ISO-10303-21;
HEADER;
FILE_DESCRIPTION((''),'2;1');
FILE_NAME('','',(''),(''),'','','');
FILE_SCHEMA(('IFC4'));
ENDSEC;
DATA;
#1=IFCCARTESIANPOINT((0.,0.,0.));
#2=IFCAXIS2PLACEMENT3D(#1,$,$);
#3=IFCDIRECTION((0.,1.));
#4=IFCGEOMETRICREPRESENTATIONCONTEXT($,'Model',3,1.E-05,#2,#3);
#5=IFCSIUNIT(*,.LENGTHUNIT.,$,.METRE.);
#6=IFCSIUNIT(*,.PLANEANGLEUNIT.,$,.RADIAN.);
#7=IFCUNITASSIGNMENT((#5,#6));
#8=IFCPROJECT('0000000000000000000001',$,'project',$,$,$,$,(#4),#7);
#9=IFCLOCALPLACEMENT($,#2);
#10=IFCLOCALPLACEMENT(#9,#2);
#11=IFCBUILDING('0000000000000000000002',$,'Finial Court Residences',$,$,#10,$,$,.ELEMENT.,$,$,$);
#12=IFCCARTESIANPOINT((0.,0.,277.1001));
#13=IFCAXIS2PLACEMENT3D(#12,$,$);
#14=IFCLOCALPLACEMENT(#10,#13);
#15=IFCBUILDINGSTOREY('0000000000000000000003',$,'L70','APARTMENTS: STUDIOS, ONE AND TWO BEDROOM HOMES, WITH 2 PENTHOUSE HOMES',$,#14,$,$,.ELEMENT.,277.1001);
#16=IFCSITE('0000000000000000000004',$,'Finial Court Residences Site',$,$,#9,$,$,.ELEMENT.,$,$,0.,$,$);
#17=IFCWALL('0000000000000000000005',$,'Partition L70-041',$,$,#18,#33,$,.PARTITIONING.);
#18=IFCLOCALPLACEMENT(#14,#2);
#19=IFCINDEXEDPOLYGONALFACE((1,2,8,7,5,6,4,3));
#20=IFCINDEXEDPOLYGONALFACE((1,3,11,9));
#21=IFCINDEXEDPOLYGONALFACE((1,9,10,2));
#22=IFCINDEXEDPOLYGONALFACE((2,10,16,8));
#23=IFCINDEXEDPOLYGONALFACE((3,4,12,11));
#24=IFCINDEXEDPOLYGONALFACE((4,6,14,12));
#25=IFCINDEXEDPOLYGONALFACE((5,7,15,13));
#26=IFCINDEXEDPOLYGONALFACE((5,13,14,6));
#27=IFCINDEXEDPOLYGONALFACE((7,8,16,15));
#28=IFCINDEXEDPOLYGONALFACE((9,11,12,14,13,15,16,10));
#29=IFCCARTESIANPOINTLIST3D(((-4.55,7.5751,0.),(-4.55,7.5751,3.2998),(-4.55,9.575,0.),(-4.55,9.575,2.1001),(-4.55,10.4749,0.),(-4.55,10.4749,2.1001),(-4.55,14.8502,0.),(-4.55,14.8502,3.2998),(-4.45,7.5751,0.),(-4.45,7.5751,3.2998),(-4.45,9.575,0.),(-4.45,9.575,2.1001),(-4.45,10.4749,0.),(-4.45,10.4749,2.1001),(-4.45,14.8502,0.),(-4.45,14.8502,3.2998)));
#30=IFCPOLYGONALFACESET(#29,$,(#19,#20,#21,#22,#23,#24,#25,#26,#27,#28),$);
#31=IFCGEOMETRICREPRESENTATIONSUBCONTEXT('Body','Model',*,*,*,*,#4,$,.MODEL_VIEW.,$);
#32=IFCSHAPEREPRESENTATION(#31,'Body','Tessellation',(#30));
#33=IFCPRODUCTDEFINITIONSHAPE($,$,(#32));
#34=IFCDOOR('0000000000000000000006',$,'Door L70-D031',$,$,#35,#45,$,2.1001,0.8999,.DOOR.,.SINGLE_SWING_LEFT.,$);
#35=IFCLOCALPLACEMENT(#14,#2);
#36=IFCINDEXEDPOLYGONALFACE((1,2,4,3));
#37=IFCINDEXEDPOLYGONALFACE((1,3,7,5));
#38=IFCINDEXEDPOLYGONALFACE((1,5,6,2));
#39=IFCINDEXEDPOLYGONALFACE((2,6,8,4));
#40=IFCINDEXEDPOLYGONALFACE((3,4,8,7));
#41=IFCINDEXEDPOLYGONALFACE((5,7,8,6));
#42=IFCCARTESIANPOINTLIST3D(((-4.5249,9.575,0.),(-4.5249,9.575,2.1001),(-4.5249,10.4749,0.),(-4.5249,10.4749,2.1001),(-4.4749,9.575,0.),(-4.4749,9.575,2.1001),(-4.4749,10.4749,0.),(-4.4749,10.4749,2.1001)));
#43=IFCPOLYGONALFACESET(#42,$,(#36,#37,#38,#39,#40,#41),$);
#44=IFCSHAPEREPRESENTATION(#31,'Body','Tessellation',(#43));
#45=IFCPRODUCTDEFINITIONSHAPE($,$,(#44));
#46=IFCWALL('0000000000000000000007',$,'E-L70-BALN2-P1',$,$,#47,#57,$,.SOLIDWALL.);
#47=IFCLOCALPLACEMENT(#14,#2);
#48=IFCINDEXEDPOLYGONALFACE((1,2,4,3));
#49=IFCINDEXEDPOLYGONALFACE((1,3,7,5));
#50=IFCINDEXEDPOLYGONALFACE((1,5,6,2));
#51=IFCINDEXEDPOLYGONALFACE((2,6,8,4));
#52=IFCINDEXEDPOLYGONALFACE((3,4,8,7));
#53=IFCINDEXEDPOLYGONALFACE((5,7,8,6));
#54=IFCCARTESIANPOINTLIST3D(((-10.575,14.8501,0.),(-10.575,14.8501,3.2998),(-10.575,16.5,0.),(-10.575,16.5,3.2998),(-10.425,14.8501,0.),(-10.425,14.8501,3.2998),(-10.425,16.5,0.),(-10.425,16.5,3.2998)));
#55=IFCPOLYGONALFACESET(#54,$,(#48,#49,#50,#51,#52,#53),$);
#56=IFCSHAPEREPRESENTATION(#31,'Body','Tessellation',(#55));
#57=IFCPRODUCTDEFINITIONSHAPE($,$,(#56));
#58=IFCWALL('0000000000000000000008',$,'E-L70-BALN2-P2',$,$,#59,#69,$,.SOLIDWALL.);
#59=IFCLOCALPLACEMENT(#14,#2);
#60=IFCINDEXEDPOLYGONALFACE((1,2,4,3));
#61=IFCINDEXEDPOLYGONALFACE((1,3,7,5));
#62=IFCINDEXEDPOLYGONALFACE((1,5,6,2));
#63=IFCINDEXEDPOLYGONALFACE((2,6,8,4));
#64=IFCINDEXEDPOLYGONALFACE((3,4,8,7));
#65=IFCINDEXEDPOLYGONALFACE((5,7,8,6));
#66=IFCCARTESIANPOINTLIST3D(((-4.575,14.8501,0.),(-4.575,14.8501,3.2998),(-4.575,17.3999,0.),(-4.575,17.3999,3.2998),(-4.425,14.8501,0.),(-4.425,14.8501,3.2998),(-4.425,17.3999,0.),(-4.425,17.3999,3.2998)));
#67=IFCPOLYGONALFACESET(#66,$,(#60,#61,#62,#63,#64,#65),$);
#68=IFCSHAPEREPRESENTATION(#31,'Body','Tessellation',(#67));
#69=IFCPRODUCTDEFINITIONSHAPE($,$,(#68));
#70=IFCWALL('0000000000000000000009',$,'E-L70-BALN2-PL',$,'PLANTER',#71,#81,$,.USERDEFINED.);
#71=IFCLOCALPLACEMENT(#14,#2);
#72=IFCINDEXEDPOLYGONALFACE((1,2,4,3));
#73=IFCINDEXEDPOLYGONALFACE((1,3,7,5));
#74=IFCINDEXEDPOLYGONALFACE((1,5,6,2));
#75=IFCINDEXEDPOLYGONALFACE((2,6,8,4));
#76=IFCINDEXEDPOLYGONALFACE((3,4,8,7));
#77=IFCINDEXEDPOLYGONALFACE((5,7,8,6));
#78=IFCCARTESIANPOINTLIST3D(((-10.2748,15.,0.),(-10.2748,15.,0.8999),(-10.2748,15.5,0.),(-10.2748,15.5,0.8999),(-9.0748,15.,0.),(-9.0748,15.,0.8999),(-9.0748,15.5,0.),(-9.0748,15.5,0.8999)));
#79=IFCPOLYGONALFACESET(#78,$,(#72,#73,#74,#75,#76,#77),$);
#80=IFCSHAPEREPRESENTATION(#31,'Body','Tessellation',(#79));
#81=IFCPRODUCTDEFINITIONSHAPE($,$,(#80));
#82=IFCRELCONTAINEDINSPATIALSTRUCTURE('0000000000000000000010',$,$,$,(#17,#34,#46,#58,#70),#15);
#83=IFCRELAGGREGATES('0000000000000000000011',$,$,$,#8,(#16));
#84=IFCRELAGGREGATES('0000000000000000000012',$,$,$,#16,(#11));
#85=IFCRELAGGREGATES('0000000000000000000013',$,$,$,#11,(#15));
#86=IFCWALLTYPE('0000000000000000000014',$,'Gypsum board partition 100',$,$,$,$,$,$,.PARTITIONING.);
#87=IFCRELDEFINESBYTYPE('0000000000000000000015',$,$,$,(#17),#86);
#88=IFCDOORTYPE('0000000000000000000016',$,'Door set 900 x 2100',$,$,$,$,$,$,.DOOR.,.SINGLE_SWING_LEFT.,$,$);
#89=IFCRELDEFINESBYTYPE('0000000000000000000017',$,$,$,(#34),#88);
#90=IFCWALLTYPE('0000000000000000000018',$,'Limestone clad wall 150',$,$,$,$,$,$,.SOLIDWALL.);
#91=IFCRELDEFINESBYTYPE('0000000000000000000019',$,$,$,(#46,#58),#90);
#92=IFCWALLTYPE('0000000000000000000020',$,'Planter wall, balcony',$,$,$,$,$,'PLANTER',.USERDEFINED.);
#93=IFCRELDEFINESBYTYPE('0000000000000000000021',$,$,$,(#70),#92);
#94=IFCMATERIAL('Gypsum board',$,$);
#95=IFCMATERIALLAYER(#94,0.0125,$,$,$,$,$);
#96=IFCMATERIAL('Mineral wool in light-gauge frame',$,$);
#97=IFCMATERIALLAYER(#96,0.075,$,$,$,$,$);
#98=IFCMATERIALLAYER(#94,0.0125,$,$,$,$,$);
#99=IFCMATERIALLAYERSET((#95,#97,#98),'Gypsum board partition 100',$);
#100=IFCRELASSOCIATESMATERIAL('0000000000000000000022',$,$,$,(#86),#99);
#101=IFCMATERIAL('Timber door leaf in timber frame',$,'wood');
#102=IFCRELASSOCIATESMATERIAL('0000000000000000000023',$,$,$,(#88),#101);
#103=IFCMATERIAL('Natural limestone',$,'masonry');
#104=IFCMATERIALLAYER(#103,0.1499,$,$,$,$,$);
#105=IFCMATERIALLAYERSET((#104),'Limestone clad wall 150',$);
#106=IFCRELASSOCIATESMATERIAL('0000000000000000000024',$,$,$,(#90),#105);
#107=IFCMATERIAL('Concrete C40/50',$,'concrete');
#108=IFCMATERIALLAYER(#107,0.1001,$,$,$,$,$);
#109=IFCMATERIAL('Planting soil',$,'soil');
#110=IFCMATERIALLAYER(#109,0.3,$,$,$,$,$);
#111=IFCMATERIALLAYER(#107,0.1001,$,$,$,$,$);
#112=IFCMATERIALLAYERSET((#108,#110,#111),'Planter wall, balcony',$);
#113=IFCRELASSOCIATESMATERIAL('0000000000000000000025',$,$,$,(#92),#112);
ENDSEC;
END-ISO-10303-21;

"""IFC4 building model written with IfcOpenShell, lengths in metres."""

from ifc_helpers import new_model, si_unit, direction, frame, frame_2d, origin, place, context, subcontext, project, spatial, rectangle, extrude, material, layer, layer_set, type_object, element, fill, save


model = new_model("IFC4")

# Units and contexts
model_context = context("Model", 3, precision=1e-05, world=origin(), true_north=direction((0.0, 1.0)))
body_context = subcontext(model_context, "Body", "Model", "MODEL_VIEW")
ifc_project = project(units=[si_unit("LENGTHUNIT", "METRE"), si_unit("PLANEANGLEUNIT", "RADIAN")], contexts=[model_context])

# Site, building, storey
site_placement = place(None, origin())
site = spatial("IfcSite", under=ifc_project, at=site_placement, Name="Finial Court Residences Site", CompositionType="ELEMENT", RefElevation=0.0)
building_placement = place(site_placement, origin())
building = spatial("IfcBuilding", under=site, at=building_placement, Name="Finial Court Residences", CompositionType="ELEMENT")
storey_placement = place(building_placement, frame((0.0, 0.0, 277.1001)))
storey = spatial("IfcBuildingStorey", under=building, at=storey_placement, Name="L70", Description="APARTMENTS: STUDIOS, ONE AND TWO BEDROOM HOMES, WITH 2 PENTHOUSE HOMES", CompositionType="ELEMENT", Elevation=277.1001)

# Wall, opening, door
ifc_material_1 = material(Name="Gypsum board")
ifc_layer_1 = layer(ifc_material_1, 0.0125)
ifc_material_2 = material(Name="Mineral wool in light-gauge frame")
ifc_layer_2 = layer(ifc_material_2, 0.075)
ifc_layer_3 = layer(ifc_material_1, 0.0125)
ifc_layer_set_1 = layer_set([ifc_layer_1, ifc_layer_2, ifc_layer_3], Name="Gypsum board partition 100")
wall_type_1 = type_object("IfcWallType", Name="Gypsum board partition 100", PredefinedType="PARTITIONING", material=ifc_layer_set_1)
ifc_material_3 = material(Name="Timber door leaf in timber frame", Category="wood")
door_type_1 = type_object("IfcDoorType", Name="Door set 900 x 2100", OperationType="SINGLE_SWING_LEFT", PredefinedType="DOOR", material=ifc_material_3)
wall_1_placement = place(storey_placement, frame((-4.5, 7.575, 0.0), z_axis=(0.0, 0.0, 1.0), x_axis=(0.0, 1.0, 0.0)))
wall_1 = element("IfcWall", 1, at=wall_1_placement, inside=storey, type_object=wall_type_1, Name="Partition L70-041", PredefinedType="PARTITIONING", context=body_context, shape_type="SweptSolid", body=[
    extrude(rectangle(XDim=7.2751, YDim=0.1001, at=frame_2d((3.6377, 0.0))), origin(), (0.0, 0.0, 1.0), 3.2998),
])
opening_1_placement = place(wall_1_placement, frame((2.0, 0.0, 0.0)))
opening_1 = element("IfcOpeningElement", 2, at=opening_1_placement, cuts=wall_1, PredefinedType="OPENING", context=body_context, shape_type="SweptSolid", body=[
    extrude(rectangle(XDim=0.8999, YDim=2.1001, at=frame_2d((0.45, 1.05))), frame((0.0, 0.0601, 0.0), z_axis=(0.0, -1.0, 0.0), x_axis=(1.0, 0.0, 0.0)), (0.0, 0.0, 1.0), 0.1201),
])
door_1_placement = place(opening_1_placement, origin())
door_1 = element("IfcDoor", 3, at=door_1_placement, inside=storey, type_object=door_type_1, Name="Door L70-D031", OperationType="SINGLE_SWING_LEFT", OverallHeight=2.1001, OverallWidth=0.8999, PredefinedType="DOOR", context=body_context, shape_type="SweptSolid", body=[
    extrude(rectangle(XDim=0.8999, YDim=2.1001, at=frame_2d((0.45, 1.05))), frame((0.0, 0.0249, 0.0), z_axis=(0.0, -1.0, 0.0), x_axis=(1.0, 0.0, 0.0)), (0.0, 0.0, 1.0), 0.05),
])
fill(opening_1, door_1)

# Walls
ifc_material_4 = material(Name="Natural limestone", Category="masonry")
ifc_layer_4 = layer(ifc_material_4, 0.1499)
ifc_layer_set_2 = layer_set([ifc_layer_4], Name="Limestone clad wall 150")
wall_type_2 = type_object("IfcWallType", Name="Limestone clad wall 150", PredefinedType="SOLIDWALL", material=ifc_layer_set_2)
wall_2_placement = place(storey_placement, frame((-10.5, 14.8501, 0.0), z_axis=(0.0, 0.0, 1.0), x_axis=(0.0, 1.0, 0.0)))
element("IfcWall", 4, at=wall_2_placement, inside=storey, type_object=wall_type_2, Name="E-L70-BALN2-P1", PredefinedType="SOLIDWALL", context=body_context, shape_type="SweptSolid", body=[
    extrude(rectangle(XDim=1.6499, YDim=0.1499, at=frame_2d((0.825, 0.0))), origin(), (0.0, 0.0, 1.0), 3.2998),
])
wall_3_placement = place(storey_placement, frame((-4.5, 14.8501, 0.0), z_axis=(0.0, 0.0, 1.0), x_axis=(0.0, 1.0, 0.0)))
element("IfcWall", 5, at=wall_3_placement, inside=storey, type_object=wall_type_2, Name="E-L70-BALN2-P2", PredefinedType="SOLIDWALL", context=body_context, shape_type="SweptSolid", body=[
    extrude(rectangle(XDim=2.5498, YDim=0.1499, at=frame_2d((1.2749, 0.0))), origin(), (0.0, 0.0, 1.0), 3.2998),
])

# Wall
ifc_material_5 = material(Name="Concrete C40/50", Category="concrete")
ifc_layer_5 = layer(ifc_material_5, 0.1001)
ifc_material_6 = material(Name="Planting soil", Category="soil")
ifc_layer_6 = layer(ifc_material_6, 0.3)
ifc_layer_7 = layer(ifc_material_5, 0.1001)
ifc_layer_set_3 = layer_set([ifc_layer_5, ifc_layer_6, ifc_layer_7], Name="Planter wall, balcony")
wall_type_3 = type_object("IfcWallType", Name="Planter wall, balcony", ElementType="PLANTER", PredefinedType="USERDEFINED", material=ifc_layer_set_3)
wall_4_placement = place(storey_placement, frame((-10.2749, 15.25, 0.0), z_axis=(0.0, 0.0, 1.0), x_axis=(1.0, 0.0, 0.0)))
element("IfcWall", 6, at=wall_4_placement, inside=storey, type_object=wall_type_3, Name="E-L70-BALN2-PL", ObjectType="PLANTER", PredefinedType="USERDEFINED", context=body_context, shape_type="SweptSolid", body=[
    extrude(rectangle(XDim=1.2, YDim=0.5, at=frame_2d((0.6001, 0.0))), origin(), (0.0, 0.0, 1.0), 0.8999),
])

save(model, "model.ifc")
